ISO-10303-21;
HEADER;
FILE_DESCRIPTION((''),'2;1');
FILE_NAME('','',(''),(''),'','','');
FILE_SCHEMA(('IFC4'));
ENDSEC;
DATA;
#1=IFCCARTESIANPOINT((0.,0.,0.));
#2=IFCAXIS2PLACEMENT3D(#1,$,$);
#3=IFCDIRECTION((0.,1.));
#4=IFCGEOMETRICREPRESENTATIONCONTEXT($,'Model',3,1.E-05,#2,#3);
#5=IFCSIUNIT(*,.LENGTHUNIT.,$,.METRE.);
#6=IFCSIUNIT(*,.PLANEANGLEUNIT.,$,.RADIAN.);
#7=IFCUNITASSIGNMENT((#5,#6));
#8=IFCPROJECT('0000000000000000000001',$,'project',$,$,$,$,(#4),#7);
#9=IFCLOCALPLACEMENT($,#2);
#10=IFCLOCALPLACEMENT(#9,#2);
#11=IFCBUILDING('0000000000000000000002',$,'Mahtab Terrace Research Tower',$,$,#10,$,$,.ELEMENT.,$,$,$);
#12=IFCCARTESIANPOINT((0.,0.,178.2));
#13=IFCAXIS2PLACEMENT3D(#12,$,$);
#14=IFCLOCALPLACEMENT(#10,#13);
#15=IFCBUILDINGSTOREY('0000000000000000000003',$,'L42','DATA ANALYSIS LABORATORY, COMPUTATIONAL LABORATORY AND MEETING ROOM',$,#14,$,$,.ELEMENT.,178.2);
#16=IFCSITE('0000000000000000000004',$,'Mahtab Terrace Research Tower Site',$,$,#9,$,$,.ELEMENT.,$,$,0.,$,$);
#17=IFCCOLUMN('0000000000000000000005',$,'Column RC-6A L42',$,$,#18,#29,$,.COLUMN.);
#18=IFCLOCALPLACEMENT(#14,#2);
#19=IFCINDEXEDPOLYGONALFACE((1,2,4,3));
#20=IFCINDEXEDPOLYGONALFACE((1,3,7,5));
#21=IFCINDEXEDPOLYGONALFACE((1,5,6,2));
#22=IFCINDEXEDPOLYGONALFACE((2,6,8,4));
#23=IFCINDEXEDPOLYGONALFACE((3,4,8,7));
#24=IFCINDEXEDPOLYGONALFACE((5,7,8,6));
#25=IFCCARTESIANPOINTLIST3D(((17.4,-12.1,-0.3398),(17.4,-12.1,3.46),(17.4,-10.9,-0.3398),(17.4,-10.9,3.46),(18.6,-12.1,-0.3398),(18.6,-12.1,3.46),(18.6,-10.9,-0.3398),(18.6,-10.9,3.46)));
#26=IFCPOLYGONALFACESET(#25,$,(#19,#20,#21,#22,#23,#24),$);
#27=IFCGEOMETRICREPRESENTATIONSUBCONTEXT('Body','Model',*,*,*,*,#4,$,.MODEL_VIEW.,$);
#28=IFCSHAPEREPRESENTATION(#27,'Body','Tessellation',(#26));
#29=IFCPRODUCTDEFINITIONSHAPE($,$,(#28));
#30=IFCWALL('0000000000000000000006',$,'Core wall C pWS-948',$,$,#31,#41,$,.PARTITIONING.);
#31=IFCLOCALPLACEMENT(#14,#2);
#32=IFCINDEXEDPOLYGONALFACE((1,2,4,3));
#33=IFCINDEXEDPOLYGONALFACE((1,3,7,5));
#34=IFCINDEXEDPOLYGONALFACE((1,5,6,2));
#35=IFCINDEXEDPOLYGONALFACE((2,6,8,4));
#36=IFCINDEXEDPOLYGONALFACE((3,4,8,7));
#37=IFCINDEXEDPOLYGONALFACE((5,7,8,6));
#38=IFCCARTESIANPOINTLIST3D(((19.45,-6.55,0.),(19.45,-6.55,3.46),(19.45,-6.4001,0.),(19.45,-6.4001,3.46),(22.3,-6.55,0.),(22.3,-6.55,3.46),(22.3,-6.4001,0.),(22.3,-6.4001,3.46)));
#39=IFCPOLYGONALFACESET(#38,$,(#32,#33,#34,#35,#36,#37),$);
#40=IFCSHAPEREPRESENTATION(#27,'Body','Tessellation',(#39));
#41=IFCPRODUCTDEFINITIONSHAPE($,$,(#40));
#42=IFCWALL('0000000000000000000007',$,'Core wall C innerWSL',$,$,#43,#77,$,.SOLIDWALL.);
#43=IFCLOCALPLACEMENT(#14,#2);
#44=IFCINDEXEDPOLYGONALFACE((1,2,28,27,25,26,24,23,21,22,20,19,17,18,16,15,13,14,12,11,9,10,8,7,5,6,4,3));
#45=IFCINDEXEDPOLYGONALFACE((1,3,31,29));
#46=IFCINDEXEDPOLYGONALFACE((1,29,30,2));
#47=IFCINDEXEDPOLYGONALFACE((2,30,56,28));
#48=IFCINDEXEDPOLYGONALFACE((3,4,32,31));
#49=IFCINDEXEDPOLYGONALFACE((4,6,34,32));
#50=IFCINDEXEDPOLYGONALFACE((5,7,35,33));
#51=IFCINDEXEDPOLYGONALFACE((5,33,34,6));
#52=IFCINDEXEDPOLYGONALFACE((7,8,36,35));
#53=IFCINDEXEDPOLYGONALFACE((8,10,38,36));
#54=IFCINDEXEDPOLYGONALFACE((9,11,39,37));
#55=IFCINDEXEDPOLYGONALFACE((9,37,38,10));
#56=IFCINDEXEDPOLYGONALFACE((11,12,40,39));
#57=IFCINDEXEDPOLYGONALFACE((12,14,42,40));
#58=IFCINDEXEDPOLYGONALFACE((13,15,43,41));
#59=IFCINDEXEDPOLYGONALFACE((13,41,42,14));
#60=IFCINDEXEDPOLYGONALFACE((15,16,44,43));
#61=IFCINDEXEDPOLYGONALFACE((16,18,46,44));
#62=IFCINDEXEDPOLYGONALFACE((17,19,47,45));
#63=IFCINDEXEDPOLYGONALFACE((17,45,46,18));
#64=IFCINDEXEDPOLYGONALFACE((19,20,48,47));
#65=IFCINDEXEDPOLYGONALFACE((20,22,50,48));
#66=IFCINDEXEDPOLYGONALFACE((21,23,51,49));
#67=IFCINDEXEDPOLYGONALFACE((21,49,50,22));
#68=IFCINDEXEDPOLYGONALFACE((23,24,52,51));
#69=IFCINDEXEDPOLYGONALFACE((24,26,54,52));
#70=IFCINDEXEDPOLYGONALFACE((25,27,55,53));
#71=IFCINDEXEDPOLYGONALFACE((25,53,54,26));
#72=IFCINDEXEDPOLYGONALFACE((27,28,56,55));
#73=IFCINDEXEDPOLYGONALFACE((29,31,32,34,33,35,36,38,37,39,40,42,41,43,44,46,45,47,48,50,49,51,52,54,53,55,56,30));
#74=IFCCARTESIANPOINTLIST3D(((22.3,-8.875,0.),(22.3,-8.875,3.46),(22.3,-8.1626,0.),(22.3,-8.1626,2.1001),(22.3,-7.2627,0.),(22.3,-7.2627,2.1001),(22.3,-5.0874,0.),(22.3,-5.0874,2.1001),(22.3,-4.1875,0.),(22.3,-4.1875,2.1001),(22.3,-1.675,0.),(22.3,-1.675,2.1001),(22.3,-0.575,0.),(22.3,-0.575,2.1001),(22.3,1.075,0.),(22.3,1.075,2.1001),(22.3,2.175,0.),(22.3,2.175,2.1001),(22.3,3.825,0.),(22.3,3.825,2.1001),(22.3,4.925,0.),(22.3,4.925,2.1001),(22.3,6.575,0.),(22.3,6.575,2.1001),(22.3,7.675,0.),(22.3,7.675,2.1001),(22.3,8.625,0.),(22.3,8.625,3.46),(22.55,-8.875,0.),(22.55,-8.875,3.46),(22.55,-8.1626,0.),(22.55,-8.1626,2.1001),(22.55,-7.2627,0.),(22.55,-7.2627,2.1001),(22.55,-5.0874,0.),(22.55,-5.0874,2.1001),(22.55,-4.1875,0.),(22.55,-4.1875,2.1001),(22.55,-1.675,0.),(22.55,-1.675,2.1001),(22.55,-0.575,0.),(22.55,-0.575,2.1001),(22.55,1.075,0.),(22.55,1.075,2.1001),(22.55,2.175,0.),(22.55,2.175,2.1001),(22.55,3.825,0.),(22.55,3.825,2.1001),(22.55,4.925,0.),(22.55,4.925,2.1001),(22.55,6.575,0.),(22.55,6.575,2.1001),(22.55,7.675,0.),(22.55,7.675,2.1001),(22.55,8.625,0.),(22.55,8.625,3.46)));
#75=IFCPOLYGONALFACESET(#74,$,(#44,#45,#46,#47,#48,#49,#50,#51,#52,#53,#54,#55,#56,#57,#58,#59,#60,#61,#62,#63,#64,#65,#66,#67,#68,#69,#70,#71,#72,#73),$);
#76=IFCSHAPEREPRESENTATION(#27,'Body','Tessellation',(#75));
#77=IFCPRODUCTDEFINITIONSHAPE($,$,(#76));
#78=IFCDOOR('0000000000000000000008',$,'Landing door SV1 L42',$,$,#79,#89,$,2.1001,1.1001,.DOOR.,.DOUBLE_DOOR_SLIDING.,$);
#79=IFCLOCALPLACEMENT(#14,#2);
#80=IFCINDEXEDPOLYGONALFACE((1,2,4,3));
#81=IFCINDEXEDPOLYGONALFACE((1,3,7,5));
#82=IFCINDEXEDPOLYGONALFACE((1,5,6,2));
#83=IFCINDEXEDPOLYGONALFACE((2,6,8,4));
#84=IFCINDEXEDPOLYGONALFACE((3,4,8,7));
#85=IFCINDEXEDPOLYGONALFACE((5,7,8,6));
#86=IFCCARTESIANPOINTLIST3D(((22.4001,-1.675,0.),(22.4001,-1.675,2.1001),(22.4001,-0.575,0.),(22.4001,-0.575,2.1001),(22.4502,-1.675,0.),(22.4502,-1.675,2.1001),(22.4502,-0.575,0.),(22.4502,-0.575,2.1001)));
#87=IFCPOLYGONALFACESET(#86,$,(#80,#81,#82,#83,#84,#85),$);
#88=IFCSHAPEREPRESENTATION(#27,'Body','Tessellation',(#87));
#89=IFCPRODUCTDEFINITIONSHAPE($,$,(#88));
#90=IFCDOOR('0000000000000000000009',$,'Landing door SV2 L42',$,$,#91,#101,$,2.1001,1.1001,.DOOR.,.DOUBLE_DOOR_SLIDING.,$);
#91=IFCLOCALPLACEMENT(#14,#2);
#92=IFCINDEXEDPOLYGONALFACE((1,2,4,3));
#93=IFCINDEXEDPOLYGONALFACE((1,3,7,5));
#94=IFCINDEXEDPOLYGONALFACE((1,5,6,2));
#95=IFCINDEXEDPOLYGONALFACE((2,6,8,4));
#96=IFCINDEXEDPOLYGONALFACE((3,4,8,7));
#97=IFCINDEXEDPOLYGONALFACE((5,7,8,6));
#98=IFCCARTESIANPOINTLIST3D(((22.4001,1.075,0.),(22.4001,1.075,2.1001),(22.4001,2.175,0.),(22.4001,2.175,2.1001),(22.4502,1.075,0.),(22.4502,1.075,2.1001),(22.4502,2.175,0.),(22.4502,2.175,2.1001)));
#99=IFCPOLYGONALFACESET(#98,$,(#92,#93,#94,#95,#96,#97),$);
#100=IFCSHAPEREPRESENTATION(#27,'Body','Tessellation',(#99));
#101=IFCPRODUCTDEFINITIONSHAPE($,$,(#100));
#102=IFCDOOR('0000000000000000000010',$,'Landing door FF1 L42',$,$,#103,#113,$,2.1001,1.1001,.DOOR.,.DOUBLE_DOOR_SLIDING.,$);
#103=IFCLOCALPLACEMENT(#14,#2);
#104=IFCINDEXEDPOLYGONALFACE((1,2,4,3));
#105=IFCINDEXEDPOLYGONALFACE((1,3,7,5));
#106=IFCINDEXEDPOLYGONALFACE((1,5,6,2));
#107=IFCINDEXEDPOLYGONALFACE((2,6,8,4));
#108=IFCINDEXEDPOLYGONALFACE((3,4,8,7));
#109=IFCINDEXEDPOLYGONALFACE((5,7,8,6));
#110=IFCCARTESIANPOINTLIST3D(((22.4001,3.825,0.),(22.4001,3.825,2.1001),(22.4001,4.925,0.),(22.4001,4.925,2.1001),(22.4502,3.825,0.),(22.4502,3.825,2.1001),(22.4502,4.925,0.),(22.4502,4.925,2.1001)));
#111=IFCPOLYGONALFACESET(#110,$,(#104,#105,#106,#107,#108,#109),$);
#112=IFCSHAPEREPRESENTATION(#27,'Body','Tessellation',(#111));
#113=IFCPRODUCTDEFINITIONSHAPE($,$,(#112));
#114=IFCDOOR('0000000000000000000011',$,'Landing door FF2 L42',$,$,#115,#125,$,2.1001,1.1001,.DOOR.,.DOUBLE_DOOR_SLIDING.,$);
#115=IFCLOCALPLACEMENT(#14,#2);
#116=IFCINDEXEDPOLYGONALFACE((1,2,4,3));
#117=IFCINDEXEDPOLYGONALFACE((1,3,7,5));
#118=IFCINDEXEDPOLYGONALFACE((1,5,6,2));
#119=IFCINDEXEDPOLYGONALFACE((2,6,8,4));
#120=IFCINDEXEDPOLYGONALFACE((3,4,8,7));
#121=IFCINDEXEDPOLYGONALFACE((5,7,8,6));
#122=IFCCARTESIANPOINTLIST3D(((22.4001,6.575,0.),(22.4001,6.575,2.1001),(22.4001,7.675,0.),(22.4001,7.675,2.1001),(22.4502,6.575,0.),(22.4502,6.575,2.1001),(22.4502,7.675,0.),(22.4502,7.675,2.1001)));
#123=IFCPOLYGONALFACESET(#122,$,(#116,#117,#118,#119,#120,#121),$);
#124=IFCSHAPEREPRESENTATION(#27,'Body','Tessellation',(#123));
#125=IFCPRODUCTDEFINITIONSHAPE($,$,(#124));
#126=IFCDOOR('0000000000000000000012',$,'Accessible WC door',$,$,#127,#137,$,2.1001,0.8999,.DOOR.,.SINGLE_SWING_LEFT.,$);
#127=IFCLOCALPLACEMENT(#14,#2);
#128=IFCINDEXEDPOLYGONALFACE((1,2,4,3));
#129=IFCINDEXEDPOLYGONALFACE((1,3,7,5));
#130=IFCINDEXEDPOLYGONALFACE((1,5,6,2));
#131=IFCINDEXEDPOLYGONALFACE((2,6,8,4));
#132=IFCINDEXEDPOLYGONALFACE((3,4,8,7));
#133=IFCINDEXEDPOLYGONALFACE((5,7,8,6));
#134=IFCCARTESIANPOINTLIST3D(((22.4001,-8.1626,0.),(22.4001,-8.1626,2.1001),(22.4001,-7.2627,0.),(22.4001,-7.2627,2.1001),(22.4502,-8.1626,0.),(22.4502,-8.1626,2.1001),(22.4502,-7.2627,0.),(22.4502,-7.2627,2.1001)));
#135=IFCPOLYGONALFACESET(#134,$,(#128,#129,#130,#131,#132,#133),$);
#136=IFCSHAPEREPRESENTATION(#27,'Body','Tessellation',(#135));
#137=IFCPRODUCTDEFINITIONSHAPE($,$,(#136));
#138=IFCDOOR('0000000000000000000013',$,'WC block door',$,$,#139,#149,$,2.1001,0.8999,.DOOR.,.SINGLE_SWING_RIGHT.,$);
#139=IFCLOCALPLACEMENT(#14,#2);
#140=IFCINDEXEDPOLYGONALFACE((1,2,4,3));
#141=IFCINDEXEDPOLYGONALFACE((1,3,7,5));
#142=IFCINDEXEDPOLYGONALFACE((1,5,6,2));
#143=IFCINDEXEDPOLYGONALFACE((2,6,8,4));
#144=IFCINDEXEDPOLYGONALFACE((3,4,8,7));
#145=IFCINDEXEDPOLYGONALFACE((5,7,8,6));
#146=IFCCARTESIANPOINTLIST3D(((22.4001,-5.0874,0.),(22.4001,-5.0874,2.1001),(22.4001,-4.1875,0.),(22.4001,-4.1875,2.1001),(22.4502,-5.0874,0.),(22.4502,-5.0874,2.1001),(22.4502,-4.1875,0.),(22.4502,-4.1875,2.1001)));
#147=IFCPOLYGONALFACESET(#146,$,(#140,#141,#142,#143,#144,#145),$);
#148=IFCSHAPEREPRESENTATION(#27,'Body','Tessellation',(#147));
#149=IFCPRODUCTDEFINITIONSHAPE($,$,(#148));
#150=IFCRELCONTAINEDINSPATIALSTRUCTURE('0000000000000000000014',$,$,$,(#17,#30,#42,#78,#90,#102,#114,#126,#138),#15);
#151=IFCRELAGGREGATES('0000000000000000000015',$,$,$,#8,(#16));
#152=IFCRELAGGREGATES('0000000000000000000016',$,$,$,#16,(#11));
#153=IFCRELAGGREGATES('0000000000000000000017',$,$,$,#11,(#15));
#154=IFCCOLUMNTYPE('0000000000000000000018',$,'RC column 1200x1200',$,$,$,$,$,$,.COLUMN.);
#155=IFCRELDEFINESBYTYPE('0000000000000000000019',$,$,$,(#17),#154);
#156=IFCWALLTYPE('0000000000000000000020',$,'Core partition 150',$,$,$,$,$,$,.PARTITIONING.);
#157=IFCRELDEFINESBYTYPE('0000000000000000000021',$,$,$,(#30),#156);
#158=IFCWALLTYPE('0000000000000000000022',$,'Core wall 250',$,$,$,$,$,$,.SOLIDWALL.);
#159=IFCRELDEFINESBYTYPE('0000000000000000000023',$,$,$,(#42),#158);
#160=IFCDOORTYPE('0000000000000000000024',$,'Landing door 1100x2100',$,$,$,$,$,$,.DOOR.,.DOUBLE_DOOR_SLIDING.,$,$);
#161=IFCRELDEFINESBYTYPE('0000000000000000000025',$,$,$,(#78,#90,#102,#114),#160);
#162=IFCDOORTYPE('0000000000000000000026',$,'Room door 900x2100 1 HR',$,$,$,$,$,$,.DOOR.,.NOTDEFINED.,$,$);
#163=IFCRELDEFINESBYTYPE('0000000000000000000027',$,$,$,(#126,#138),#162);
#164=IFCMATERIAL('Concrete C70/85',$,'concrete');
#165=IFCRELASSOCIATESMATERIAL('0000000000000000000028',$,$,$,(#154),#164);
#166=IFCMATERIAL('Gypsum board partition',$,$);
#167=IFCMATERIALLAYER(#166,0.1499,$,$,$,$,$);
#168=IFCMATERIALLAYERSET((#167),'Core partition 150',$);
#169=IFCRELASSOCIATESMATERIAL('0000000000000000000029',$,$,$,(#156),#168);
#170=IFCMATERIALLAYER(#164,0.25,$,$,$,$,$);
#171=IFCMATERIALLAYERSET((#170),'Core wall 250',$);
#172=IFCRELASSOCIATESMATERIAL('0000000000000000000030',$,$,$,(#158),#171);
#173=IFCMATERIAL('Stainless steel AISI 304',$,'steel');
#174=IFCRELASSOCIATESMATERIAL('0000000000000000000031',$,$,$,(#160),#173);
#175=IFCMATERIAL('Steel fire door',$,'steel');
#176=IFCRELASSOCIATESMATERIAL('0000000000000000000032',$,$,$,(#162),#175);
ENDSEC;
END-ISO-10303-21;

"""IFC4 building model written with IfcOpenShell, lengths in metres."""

from ifc_helpers import new_model, si_unit, direction, frame, frame_2d, origin, origin_2d, place, context, subcontext, project, spatial, rectangle, extrude, material, layer, layer_set, material_profile, profile_set, type_object, element, fill, save


model = new_model("IFC4")

# Units and contexts
model_context = context("Model", 3, precision=1e-05, world=origin(), true_north=direction((0.0, 1.0)))
body_context = subcontext(model_context, "Body", "Model", "MODEL_VIEW")
ifc_project = project(units=[si_unit("LENGTHUNIT", "METRE"), si_unit("PLANEANGLEUNIT", "RADIAN")], contexts=[model_context])

# Site, building, storey
site_placement = place(None, origin())
site = spatial("IfcSite", under=ifc_project, at=site_placement, Name="Mahtab Terrace Research Tower Site", CompositionType="ELEMENT", RefElevation=0.0)
building_placement = place(site_placement, origin())
building = spatial("IfcBuilding", under=site, at=building_placement, Name="Mahtab Terrace Research Tower", CompositionType="ELEMENT")
storey_placement = place(building_placement, frame((0.0, 0.0, 178.2)))
storey = spatial("IfcBuildingStorey", under=building, at=storey_placement, Name="L42", Description="DATA ANALYSIS LABORATORY, COMPUTATIONAL LABORATORY AND MEETING ROOM", CompositionType="ELEMENT", Elevation=178.2)

# Column
ifc_material_1 = material(Name="Concrete C70/85", Category="concrete")
ifc_material_profile = material_profile(ifc_material_1, rectangle(XDim=1.2, YDim=1.2, at=origin_2d()), Name="RC column 1200x1200")
ifc_profile_set = profile_set([ifc_material_profile], Name="Concrete C70/85")
column_type = type_object("IfcColumnType", Name="RC column 1200x1200", PredefinedType="COLUMN", material=ifc_profile_set)
column_placement = place(storey_placement, frame((18.0, -11.5, -0.3398), z_axis=(0.0, 0.0, 1.0), x_axis=(1.0, 0.0, 0.0)))
element("IfcColumn", 1, at=column_placement, inside=storey, type_object=column_type, Name="Column RC-6A L42", PredefinedType="COLUMN", context=body_context, shape_type="SweptSolid", body=[
    extrude(rectangle(XDim=1.2, YDim=1.2, at=origin_2d()), origin(), (0.0, 0.0, 1.0), 3.7998),
])

# Wall
ifc_material_2 = material(Name="Gypsum board partition")
ifc_layer_1 = layer(ifc_material_2, 0.1499)
ifc_layer_set_1 = layer_set([ifc_layer_1], Name="Core partition 150")
wall_type_1 = type_object("IfcWallType", Name="Core partition 150", PredefinedType="PARTITIONING", material=ifc_layer_set_1)
wall_1_placement = place(storey_placement, frame((19.45, -6.4751, 0.0), z_axis=(0.0, 0.0, 1.0), x_axis=(1.0, 0.0, 0.0)))
element("IfcWall", 2, at=wall_1_placement, inside=storey, type_object=wall_type_1, Name="Core wall C pWS-948", PredefinedType="PARTITIONING", context=body_context, shape_type="SweptSolid", body=[
    extrude(rectangle(XDim=2.8501, YDim=0.1499, at=frame_2d((1.425, 0.0))), origin(), (0.0, 0.0, 1.0), 3.46),
])

# Wall, openings, doors
ifc_layer_2 = layer(ifc_material_1, 0.25)
ifc_layer_set_2 = layer_set([ifc_layer_2], Name="Core wall 250")
wall_type_2 = type_object("IfcWallType", Name="Core wall 250", PredefinedType="SOLIDWALL", material=ifc_layer_set_2)
wall_2_placement = place(storey_placement, frame((22.425, -8.875, 0.0), z_axis=(0.0, 0.0, 1.0), x_axis=(0.0, 1.0, 0.0)))
wall_2 = element("IfcWall", 3, at=wall_2_placement, inside=storey, type_object=wall_type_2, Name="Core wall C innerWSL", PredefinedType="SOLIDWALL", context=body_context, shape_type="SweptSolid", body=[
    extrude(rectangle(XDim=17.5, YDim=0.25, at=frame_2d((8.75, 0.0))), origin(), (0.0, 0.0, 1.0), 3.46),
])
opening_1_placement = place(wall_2_placement, frame((7.2, 0.0, 0.0)))
opening_1 = element("IfcOpeningElement", 4, at=opening_1_placement, cuts=wall_2, PredefinedType="OPENING", context=body_context, shape_type="SweptSolid", body=[
    extrude(rectangle(XDim=1.1001, YDim=2.1001, at=frame_2d((0.55, 1.05))), frame((0.0, 0.135, 0.0), z_axis=(0.0, -1.0, 0.0), x_axis=(1.0, 0.0, 0.0)), (0.0, 0.0, 1.0), 0.27),
])
opening_2_placement = place(wall_2_placement, frame((9.95, 0.0, 0.0)))
opening_2 = element("IfcOpeningElement", 5, at=opening_2_placement, cuts=wall_2, PredefinedType="OPENING", context=body_context, shape_type="SweptSolid", body=[
    extrude(rectangle(XDim=1.1001, YDim=2.1001, at=frame_2d((0.55, 1.05))), frame((0.0, 0.135, 0.0), z_axis=(0.0, -1.0, 0.0), x_axis=(1.0, 0.0, 0.0)), (0.0, 0.0, 1.0), 0.27),
])
opening_3_placement = place(wall_2_placement, frame((12.7, 0.0, 0.0)))
opening_3 = element("IfcOpeningElement", 6, at=opening_3_placement, cuts=wall_2, PredefinedType="OPENING", context=body_context, shape_type="SweptSolid", body=[
    extrude(rectangle(XDim=1.1001, YDim=2.1001, at=frame_2d((0.55, 1.05))), frame((0.0, 0.135, 0.0), z_axis=(0.0, -1.0, 0.0), x_axis=(1.0, 0.0, 0.0)), (0.0, 0.0, 1.0), 0.27),
])
opening_4_placement = place(wall_2_placement, frame((15.45, 0.0, 0.0)))
opening_4 = element("IfcOpeningElement", 7, at=opening_4_placement, cuts=wall_2, PredefinedType="OPENING", context=body_context, shape_type="SweptSolid", body=[
    extrude(rectangle(XDim=1.1001, YDim=2.1001, at=frame_2d((0.55, 1.05))), frame((0.0, 0.135, 0.0), z_axis=(0.0, -1.0, 0.0), x_axis=(1.0, 0.0, 0.0)), (0.0, 0.0, 1.0), 0.27),
])
opening_5_placement = place(wall_2_placement, frame((0.7124, 0.0, 0.0)))
opening_5 = element("IfcOpeningElement", 8, at=opening_5_placement, cuts=wall_2, PredefinedType="OPENING", context=body_context, shape_type="SweptSolid", body=[
    extrude(rectangle(XDim=0.8999, YDim=2.1001, at=frame_2d((0.45, 1.05))), frame((0.0, 0.135, 0.0), z_axis=(0.0, -1.0, 0.0), x_axis=(1.0, 0.0, 0.0)), (0.0, 0.0, 1.0), 0.27),
])
opening_6_placement = place(wall_2_placement, frame((3.7876, 0.0, 0.0)))
opening_6 = element("IfcOpeningElement", 9, at=opening_6_placement, cuts=wall_2, PredefinedType="OPENING", context=body_context, shape_type="SweptSolid", body=[
    extrude(rectangle(XDim=0.8999, YDim=2.1001, at=frame_2d((0.45, 1.05))), frame((0.0, 0.135, 0.0), z_axis=(0.0, -1.0, 0.0), x_axis=(1.0, 0.0, 0.0)), (0.0, 0.0, 1.0), 0.27),
])
ifc_material_3 = material(Name="Stainless steel AISI 304", Category="steel")
door_type_1 = type_object("IfcDoorType", Name="Landing door 1100x2100", OperationType="DOUBLE_DOOR_SLIDING", PredefinedType="DOOR", material=ifc_material_3)
door_1_placement = place(opening_1_placement, origin())
door_1 = element("IfcDoor", 10, at=door_1_placement, inside=storey, type_object=door_type_1, Name="Landing door SV1 L42", OperationType="DOUBLE_DOOR_SLIDING", OverallHeight=2.1001, OverallWidth=1.1001, PredefinedType="DOOR", context=body_context, shape_type="SweptSolid", body=[
    extrude(rectangle(XDim=1.1001, YDim=2.1001, at=frame_2d((0.55, 1.05))), frame((0.0, 0.0249, 0.0), z_axis=(0.0, -1.0, 0.0), x_axis=(1.0, 0.0, 0.0)), (0.0, 0.0, 1.0), 0.05),
])
fill(opening_1, door_1)
door_2_placement = place(opening_2_placement, origin())
door_2 = element("IfcDoor", 11, at=door_2_placement, inside=storey, type_object=door_type_1, Name="Landing door SV2 L42", OperationType="DOUBLE_DOOR_SLIDING", OverallHeight=2.1001, OverallWidth=1.1001, PredefinedType="DOOR", context=body_context, shape_type="SweptSolid", body=[
    extrude(rectangle(XDim=1.1001, YDim=2.1001, at=frame_2d((0.55, 1.05))), frame((0.0, 0.0249, 0.0), z_axis=(0.0, -1.0, 0.0), x_axis=(1.0, 0.0, 0.0)), (0.0, 0.0, 1.0), 0.05),
])
fill(opening_2, door_2)
door_3_placement = place(opening_3_placement, origin())
door_3 = element("IfcDoor", 12, at=door_3_placement, inside=storey, type_object=door_type_1, Name="Landing door FF1 L42", OperationType="DOUBLE_DOOR_SLIDING", OverallHeight=2.1001, OverallWidth=1.1001, PredefinedType="DOOR", context=body_context, shape_type="SweptSolid", body=[
    extrude(rectangle(XDim=1.1001, YDim=2.1001, at=frame_2d((0.55, 1.05))), frame((0.0, 0.0249, 0.0), z_axis=(0.0, -1.0, 0.0), x_axis=(1.0, 0.0, 0.0)), (0.0, 0.0, 1.0), 0.05),
])
fill(opening_3, door_3)
door_4_placement = place(opening_4_placement, origin())
door_4 = element("IfcDoor", 13, at=door_4_placement, inside=storey, type_object=door_type_1, Name="Landing door FF2 L42", OperationType="DOUBLE_DOOR_SLIDING", OverallHeight=2.1001, OverallWidth=1.1001, PredefinedType="DOOR", context=body_context, shape_type="SweptSolid", body=[
    extrude(rectangle(XDim=1.1001, YDim=2.1001, at=frame_2d((0.55, 1.05))), frame((0.0, 0.0249, 0.0), z_axis=(0.0, -1.0, 0.0), x_axis=(1.0, 0.0, 0.0)), (0.0, 0.0, 1.0), 0.05),
])
fill(opening_4, door_4)
ifc_material_4 = material(Name="Steel fire door", Category="steel")
door_type_2 = type_object("IfcDoorType", Name="Room door 900x2100 1 HR", OperationType="NOTDEFINED", PredefinedType="DOOR", material=ifc_material_4)
door_5_placement = place(opening_5_placement, origin())
door_5 = element("IfcDoor", 14, at=door_5_placement, inside=storey, type_object=door_type_2, Name="Accessible WC door", OperationType="SINGLE_SWING_LEFT", OverallHeight=2.1001, OverallWidth=0.8999, PredefinedType="DOOR", context=body_context, shape_type="SweptSolid", body=[
    extrude(rectangle(XDim=0.8999, YDim=2.1001, at=frame_2d((0.45, 1.05))), frame((0.0, 0.0249, 0.0), z_axis=(0.0, -1.0, 0.0), x_axis=(1.0, 0.0, 0.0)), (0.0, 0.0, 1.0), 0.05),
])
fill(opening_5, door_5)
door_6_placement = place(opening_6_placement, origin())
door_6 = element("IfcDoor", 15, at=door_6_placement, inside=storey, type_object=door_type_2, Name="WC block door", OperationType="SINGLE_SWING_RIGHT", OverallHeight=2.1001, OverallWidth=0.8999, PredefinedType="DOOR", context=body_context, shape_type="SweptSolid", body=[
    extrude(rectangle(XDim=0.8999, YDim=2.1001, at=frame_2d((0.45, 1.05))), frame((0.0, 0.0249, 0.0), z_axis=(0.0, -1.0, 0.0), x_axis=(1.0, 0.0, 0.0)), (0.0, 0.0, 1.0), 0.05),
])
fill(opening_6, door_6)

save(model, "model.ifc")
